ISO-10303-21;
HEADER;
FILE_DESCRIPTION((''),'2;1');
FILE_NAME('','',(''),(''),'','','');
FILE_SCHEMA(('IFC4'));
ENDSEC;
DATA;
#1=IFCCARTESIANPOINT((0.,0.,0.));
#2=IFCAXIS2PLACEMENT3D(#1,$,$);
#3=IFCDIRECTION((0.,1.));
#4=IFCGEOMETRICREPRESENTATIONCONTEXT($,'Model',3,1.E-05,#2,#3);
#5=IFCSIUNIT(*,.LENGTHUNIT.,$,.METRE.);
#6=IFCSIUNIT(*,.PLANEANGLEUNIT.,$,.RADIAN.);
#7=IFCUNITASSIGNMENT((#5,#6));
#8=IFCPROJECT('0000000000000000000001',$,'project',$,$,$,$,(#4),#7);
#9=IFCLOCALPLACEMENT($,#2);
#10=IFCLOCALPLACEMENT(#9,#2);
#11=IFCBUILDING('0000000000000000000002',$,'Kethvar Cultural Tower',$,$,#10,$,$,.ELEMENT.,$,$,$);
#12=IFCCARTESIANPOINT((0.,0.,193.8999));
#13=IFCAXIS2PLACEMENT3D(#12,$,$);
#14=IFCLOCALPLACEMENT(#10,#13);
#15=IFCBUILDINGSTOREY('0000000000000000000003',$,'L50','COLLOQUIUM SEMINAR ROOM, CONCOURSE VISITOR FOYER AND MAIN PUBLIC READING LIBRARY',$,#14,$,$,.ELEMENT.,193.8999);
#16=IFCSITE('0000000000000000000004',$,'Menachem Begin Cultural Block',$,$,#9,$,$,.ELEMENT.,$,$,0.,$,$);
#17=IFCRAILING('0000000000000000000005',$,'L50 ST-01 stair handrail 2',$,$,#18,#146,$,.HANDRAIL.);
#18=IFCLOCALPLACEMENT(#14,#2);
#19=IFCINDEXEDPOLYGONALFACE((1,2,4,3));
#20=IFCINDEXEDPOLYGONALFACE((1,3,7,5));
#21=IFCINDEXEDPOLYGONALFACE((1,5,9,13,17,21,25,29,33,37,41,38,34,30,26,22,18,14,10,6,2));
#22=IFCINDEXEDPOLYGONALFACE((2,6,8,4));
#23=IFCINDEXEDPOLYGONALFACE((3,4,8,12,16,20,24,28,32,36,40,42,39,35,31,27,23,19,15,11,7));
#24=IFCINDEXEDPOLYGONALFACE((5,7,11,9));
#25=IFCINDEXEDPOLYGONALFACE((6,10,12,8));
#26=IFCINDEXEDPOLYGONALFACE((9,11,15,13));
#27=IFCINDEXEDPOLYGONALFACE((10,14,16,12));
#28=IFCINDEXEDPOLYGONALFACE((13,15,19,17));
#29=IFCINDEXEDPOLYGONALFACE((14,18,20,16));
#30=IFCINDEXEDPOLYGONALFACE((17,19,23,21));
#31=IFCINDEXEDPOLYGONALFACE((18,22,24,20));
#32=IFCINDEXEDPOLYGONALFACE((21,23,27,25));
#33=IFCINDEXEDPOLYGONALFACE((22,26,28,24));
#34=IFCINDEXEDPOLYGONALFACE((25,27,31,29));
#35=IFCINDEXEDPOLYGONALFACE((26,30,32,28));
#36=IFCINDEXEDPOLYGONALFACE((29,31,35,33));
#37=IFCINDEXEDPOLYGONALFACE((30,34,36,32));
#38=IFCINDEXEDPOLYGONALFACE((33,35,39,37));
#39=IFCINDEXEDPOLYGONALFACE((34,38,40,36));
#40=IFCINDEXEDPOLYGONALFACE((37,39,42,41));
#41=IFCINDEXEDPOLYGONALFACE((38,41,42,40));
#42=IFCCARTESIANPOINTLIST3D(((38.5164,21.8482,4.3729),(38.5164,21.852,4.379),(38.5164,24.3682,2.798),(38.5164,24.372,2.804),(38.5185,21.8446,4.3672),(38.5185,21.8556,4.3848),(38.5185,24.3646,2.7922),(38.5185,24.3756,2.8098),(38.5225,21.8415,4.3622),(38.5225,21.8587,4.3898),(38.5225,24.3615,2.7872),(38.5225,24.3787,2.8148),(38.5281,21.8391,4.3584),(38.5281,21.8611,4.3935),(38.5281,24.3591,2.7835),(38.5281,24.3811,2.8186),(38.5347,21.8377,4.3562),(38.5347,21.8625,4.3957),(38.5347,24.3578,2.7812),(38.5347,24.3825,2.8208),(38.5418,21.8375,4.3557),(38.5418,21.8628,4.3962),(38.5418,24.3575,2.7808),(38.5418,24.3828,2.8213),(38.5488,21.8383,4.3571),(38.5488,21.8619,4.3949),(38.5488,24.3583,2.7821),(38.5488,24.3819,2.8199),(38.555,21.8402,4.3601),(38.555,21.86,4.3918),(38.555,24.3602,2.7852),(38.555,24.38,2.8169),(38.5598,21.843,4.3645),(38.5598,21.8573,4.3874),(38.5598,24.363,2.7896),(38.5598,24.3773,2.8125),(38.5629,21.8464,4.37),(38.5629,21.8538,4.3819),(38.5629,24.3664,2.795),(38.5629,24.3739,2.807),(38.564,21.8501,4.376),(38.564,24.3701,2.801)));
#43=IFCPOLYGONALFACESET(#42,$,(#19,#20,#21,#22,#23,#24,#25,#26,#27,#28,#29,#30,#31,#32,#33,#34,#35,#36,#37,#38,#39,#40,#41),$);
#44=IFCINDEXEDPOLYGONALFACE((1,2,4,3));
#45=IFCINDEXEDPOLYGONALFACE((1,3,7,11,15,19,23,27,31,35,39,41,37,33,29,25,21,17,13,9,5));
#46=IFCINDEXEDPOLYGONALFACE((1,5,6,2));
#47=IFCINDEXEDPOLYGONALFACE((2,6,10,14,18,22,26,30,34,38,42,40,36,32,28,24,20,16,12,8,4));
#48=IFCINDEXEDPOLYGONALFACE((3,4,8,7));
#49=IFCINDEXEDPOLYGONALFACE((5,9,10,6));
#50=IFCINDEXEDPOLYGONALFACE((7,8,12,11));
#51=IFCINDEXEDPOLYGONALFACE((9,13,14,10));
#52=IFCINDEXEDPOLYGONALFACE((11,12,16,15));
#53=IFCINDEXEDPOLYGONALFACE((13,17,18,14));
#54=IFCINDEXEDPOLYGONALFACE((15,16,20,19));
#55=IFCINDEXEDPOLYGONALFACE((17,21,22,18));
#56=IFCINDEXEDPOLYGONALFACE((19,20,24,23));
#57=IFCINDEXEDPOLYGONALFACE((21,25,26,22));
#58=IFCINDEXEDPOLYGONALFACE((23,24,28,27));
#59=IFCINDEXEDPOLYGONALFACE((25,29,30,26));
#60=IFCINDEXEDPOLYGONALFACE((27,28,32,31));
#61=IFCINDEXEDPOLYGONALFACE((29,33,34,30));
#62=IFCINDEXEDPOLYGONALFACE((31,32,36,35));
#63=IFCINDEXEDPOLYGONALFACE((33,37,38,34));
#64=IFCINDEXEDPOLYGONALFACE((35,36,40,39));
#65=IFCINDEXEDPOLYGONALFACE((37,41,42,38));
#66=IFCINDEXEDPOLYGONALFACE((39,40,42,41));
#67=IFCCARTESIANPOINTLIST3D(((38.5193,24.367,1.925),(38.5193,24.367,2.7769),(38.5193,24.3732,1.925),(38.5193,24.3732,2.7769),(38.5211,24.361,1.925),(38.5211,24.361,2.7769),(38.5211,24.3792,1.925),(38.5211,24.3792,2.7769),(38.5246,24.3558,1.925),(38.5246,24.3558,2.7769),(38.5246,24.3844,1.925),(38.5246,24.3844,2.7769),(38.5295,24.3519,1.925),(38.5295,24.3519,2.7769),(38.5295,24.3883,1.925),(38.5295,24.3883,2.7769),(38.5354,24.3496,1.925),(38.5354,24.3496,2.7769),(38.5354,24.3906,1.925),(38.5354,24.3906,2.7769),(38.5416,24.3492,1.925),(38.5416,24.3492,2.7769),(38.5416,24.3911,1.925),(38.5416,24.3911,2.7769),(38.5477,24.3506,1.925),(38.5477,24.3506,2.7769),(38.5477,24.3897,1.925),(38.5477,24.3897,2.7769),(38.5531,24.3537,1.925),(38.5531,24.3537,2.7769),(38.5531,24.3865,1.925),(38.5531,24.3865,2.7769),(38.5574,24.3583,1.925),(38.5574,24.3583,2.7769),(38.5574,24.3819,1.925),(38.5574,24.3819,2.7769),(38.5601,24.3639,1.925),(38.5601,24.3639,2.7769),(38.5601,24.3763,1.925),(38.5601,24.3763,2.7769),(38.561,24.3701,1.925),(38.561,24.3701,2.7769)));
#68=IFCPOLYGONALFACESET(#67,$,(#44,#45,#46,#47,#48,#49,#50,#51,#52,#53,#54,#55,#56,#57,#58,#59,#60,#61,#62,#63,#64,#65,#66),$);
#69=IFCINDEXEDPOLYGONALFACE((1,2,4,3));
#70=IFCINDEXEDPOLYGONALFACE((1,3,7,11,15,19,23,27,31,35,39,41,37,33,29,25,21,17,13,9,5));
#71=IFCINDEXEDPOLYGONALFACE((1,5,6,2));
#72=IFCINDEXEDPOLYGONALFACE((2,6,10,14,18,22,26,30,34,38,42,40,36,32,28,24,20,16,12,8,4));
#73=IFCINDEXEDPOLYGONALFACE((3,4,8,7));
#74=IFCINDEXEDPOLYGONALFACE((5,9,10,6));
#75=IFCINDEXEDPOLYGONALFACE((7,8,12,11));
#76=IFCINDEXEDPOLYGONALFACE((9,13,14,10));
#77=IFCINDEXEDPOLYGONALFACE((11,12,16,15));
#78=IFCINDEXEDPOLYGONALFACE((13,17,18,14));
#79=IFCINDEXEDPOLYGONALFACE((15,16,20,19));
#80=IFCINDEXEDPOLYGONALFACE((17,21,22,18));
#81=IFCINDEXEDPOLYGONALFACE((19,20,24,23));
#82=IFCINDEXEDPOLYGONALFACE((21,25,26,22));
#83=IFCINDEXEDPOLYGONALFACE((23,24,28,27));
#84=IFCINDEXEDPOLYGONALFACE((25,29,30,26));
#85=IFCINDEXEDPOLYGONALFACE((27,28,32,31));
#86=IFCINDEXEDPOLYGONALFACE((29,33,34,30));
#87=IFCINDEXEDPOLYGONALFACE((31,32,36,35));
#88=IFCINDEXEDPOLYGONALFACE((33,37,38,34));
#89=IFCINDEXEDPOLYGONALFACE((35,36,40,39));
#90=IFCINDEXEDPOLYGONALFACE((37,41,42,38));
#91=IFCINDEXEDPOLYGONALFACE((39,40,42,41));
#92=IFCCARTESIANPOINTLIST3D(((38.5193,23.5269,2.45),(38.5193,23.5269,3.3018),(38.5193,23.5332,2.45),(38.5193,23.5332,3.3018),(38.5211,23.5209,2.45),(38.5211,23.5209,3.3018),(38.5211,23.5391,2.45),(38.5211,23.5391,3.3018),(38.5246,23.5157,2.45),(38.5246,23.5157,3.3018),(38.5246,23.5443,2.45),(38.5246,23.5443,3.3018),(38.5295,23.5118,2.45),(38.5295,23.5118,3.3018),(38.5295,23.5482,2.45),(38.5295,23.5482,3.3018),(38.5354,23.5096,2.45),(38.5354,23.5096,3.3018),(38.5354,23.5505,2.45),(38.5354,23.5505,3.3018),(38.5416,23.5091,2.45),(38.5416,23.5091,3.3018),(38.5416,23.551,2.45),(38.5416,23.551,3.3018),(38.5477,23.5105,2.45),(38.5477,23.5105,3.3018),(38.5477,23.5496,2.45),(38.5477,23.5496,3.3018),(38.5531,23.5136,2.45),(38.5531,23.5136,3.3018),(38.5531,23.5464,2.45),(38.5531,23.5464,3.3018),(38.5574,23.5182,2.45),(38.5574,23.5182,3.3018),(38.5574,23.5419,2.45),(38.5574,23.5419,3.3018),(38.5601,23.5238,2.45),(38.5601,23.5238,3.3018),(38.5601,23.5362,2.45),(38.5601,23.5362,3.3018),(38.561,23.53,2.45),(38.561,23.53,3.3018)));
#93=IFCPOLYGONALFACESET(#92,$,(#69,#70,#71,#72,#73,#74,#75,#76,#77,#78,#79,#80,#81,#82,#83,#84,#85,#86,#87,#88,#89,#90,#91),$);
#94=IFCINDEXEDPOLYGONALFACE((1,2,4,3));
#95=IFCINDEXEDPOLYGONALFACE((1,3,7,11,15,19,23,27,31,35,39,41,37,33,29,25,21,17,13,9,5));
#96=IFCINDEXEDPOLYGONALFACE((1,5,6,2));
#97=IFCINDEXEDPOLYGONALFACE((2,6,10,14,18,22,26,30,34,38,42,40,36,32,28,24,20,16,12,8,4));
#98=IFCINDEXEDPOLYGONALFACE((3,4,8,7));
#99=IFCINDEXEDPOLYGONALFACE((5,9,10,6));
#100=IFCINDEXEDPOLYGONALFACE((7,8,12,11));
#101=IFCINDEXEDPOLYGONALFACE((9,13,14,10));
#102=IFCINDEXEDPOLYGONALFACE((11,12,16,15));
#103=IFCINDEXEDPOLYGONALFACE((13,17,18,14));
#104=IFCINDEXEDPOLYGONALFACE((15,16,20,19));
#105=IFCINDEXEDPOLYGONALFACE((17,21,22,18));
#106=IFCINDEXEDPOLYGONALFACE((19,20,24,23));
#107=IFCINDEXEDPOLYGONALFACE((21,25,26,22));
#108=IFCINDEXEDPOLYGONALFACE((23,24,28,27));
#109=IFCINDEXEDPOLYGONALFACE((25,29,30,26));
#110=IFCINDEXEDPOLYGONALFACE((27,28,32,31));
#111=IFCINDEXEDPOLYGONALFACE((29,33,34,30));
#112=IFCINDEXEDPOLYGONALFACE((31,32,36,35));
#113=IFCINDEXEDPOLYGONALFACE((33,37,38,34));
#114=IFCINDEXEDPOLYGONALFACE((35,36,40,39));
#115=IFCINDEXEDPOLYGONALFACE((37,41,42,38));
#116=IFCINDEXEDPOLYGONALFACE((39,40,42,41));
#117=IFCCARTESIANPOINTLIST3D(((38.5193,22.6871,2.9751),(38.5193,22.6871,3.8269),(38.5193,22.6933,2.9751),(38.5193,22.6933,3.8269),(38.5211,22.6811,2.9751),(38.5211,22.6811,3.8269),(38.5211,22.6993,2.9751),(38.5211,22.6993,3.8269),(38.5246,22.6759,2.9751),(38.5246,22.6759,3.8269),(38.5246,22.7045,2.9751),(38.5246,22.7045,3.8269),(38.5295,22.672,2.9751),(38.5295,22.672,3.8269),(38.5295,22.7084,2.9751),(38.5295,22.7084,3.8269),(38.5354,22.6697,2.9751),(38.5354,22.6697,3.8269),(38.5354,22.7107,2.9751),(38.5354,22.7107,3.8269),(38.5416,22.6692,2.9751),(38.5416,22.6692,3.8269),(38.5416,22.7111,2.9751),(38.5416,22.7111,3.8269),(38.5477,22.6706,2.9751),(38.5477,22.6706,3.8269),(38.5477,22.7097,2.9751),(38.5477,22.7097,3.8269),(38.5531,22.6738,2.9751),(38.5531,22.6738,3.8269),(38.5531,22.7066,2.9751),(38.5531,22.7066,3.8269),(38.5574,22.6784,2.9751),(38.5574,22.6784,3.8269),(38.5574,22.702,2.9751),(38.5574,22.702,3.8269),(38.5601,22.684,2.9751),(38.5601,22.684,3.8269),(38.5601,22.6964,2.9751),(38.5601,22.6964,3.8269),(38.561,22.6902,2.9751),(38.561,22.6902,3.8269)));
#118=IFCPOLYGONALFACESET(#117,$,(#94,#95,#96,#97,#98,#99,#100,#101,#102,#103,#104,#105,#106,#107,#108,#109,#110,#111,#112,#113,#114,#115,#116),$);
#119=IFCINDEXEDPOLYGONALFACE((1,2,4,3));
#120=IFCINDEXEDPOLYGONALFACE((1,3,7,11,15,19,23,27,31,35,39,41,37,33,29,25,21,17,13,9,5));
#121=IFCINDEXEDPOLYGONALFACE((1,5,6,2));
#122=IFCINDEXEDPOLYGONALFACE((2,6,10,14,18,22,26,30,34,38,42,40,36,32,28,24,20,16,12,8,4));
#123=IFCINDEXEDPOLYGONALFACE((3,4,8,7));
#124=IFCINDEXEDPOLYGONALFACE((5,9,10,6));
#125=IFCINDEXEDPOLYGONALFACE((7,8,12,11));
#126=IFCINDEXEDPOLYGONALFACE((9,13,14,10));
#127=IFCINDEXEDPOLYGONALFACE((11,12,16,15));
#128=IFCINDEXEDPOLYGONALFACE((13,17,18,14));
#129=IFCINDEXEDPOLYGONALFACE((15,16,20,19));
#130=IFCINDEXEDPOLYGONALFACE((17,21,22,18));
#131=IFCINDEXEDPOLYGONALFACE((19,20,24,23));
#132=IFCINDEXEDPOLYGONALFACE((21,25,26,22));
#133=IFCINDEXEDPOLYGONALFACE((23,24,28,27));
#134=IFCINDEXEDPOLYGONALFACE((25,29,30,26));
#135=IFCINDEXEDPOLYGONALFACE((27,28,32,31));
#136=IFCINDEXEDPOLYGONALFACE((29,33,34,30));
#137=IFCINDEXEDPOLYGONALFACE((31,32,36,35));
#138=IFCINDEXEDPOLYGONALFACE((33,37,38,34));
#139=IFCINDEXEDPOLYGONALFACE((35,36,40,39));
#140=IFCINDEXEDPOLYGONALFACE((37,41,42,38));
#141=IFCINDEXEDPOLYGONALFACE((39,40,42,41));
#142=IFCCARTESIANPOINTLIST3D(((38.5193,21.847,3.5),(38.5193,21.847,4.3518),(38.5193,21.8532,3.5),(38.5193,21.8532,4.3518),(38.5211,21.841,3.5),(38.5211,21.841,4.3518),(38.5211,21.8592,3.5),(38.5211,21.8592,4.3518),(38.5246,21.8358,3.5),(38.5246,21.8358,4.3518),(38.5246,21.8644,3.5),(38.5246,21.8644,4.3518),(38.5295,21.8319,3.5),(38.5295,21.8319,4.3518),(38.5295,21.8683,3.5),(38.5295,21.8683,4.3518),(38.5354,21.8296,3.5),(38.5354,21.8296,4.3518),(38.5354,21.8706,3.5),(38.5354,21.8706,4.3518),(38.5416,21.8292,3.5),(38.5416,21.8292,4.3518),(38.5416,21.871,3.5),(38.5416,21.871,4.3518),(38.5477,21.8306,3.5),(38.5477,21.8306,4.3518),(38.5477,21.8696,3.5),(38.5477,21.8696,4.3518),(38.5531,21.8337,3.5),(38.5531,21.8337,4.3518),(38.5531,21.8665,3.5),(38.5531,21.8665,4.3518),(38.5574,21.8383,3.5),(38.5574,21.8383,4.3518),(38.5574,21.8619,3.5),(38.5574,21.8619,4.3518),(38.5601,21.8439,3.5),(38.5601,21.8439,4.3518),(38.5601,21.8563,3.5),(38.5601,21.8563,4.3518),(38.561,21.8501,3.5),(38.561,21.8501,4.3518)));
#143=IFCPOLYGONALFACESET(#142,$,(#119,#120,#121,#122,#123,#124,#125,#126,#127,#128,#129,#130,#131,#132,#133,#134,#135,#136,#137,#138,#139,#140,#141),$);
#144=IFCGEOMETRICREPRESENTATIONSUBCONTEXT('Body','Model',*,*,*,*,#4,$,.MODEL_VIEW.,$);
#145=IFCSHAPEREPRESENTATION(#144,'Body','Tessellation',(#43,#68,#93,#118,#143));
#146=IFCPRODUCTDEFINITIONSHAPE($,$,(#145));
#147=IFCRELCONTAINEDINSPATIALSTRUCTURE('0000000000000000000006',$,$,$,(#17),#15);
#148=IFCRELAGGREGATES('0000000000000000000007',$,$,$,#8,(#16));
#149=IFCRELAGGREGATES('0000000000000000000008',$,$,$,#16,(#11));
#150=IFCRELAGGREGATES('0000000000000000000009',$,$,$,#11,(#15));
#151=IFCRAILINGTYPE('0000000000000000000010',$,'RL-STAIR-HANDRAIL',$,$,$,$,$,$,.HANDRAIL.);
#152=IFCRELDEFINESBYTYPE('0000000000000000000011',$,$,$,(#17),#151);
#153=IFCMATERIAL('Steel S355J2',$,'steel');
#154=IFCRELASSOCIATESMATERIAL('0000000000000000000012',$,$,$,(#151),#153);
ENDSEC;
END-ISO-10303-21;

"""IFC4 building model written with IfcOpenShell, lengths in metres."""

from ifc_helpers import new_model, si_unit, direction, frame, origin, origin_2d, place, context, subcontext, project, spatial, circle, extrude, material, type_object, element, save


model = new_model("IFC4")

# Units and contexts
model_context = context("Model", 3, precision=1e-05, world=origin(), true_north=direction((0.0, 1.0)))
body_context = subcontext(model_context, "Body", "Model", "MODEL_VIEW")
ifc_project = project(units=[si_unit("LENGTHUNIT", "METRE"), si_unit("PLANEANGLEUNIT", "RADIAN")], contexts=[model_context])

# Site, building, storey
site_placement = place(None, origin())
site = spatial("IfcSite", under=ifc_project, at=site_placement, Name="Menachem Begin Cultural Block", CompositionType="ELEMENT", RefElevation=0.0)
building_placement = place(site_placement, origin())
building = spatial("IfcBuilding", under=site, at=building_placement, Name="Kethvar Cultural Tower", CompositionType="ELEMENT")
storey_placement = place(building_placement, frame((0.0, 0.0, 193.8999)))
storey = spatial("IfcBuildingStorey", under=building, at=storey_placement, Name="L50", Description="COLLOQUIUM SEMINAR ROOM, CONCOURSE VISITOR FOYER AND MAIN PUBLIC READING LIBRARY", CompositionType="ELEMENT", Elevation=193.8999)

# Shared definitions
ifc_material_1 = material(Name="Steel S355J2", Category="steel")

# Railing
railing_type_1 = type_object("IfcRailingType", Name="RL-STAIR-HANDRAIL", PredefinedType="HANDRAIL", material=ifc_material_1)
railing_1_placement = place(storey_placement, frame((38.54, 24.3701, 1.925)))
element("IfcRailing", 1, at=railing_1_placement, inside=storey, type_object=railing_type_1, Name="L50 ST-01 stair handrail 2", PredefinedType="HANDRAIL", context=body_context, shape_type="SweptSolid", body=[
    extrude(circle(Radius=0.0239, at=origin_2d()), frame((0.0, 0.0, 0.876), z_axis=(0.0, -0.848008, 0.529984), x_axis=(1.0, 0.0, 0.0)), (0.0, 0.0, 1.0), 2.9717),
    extrude(circle(Radius=0.021, at=origin_2d()), origin(), (0.0, 0.0, 1.0), 0.8518),
    extrude(circle(Radius=0.021, at=origin_2d()), frame((0.0, -0.8401, 0.5249)), (0.0, 0.0, 1.0), 0.8518),
    extrude(circle(Radius=0.021, at=origin_2d()), frame((0.0, -1.6799, 1.05)), (0.0, 0.0, 1.0), 0.8518),
    extrude(circle(Radius=0.021, at=origin_2d()), frame((0.0, -2.52, 1.575)), (0.0, 0.0, 1.0), 0.8518),
])

save(model, "model.ifc")
